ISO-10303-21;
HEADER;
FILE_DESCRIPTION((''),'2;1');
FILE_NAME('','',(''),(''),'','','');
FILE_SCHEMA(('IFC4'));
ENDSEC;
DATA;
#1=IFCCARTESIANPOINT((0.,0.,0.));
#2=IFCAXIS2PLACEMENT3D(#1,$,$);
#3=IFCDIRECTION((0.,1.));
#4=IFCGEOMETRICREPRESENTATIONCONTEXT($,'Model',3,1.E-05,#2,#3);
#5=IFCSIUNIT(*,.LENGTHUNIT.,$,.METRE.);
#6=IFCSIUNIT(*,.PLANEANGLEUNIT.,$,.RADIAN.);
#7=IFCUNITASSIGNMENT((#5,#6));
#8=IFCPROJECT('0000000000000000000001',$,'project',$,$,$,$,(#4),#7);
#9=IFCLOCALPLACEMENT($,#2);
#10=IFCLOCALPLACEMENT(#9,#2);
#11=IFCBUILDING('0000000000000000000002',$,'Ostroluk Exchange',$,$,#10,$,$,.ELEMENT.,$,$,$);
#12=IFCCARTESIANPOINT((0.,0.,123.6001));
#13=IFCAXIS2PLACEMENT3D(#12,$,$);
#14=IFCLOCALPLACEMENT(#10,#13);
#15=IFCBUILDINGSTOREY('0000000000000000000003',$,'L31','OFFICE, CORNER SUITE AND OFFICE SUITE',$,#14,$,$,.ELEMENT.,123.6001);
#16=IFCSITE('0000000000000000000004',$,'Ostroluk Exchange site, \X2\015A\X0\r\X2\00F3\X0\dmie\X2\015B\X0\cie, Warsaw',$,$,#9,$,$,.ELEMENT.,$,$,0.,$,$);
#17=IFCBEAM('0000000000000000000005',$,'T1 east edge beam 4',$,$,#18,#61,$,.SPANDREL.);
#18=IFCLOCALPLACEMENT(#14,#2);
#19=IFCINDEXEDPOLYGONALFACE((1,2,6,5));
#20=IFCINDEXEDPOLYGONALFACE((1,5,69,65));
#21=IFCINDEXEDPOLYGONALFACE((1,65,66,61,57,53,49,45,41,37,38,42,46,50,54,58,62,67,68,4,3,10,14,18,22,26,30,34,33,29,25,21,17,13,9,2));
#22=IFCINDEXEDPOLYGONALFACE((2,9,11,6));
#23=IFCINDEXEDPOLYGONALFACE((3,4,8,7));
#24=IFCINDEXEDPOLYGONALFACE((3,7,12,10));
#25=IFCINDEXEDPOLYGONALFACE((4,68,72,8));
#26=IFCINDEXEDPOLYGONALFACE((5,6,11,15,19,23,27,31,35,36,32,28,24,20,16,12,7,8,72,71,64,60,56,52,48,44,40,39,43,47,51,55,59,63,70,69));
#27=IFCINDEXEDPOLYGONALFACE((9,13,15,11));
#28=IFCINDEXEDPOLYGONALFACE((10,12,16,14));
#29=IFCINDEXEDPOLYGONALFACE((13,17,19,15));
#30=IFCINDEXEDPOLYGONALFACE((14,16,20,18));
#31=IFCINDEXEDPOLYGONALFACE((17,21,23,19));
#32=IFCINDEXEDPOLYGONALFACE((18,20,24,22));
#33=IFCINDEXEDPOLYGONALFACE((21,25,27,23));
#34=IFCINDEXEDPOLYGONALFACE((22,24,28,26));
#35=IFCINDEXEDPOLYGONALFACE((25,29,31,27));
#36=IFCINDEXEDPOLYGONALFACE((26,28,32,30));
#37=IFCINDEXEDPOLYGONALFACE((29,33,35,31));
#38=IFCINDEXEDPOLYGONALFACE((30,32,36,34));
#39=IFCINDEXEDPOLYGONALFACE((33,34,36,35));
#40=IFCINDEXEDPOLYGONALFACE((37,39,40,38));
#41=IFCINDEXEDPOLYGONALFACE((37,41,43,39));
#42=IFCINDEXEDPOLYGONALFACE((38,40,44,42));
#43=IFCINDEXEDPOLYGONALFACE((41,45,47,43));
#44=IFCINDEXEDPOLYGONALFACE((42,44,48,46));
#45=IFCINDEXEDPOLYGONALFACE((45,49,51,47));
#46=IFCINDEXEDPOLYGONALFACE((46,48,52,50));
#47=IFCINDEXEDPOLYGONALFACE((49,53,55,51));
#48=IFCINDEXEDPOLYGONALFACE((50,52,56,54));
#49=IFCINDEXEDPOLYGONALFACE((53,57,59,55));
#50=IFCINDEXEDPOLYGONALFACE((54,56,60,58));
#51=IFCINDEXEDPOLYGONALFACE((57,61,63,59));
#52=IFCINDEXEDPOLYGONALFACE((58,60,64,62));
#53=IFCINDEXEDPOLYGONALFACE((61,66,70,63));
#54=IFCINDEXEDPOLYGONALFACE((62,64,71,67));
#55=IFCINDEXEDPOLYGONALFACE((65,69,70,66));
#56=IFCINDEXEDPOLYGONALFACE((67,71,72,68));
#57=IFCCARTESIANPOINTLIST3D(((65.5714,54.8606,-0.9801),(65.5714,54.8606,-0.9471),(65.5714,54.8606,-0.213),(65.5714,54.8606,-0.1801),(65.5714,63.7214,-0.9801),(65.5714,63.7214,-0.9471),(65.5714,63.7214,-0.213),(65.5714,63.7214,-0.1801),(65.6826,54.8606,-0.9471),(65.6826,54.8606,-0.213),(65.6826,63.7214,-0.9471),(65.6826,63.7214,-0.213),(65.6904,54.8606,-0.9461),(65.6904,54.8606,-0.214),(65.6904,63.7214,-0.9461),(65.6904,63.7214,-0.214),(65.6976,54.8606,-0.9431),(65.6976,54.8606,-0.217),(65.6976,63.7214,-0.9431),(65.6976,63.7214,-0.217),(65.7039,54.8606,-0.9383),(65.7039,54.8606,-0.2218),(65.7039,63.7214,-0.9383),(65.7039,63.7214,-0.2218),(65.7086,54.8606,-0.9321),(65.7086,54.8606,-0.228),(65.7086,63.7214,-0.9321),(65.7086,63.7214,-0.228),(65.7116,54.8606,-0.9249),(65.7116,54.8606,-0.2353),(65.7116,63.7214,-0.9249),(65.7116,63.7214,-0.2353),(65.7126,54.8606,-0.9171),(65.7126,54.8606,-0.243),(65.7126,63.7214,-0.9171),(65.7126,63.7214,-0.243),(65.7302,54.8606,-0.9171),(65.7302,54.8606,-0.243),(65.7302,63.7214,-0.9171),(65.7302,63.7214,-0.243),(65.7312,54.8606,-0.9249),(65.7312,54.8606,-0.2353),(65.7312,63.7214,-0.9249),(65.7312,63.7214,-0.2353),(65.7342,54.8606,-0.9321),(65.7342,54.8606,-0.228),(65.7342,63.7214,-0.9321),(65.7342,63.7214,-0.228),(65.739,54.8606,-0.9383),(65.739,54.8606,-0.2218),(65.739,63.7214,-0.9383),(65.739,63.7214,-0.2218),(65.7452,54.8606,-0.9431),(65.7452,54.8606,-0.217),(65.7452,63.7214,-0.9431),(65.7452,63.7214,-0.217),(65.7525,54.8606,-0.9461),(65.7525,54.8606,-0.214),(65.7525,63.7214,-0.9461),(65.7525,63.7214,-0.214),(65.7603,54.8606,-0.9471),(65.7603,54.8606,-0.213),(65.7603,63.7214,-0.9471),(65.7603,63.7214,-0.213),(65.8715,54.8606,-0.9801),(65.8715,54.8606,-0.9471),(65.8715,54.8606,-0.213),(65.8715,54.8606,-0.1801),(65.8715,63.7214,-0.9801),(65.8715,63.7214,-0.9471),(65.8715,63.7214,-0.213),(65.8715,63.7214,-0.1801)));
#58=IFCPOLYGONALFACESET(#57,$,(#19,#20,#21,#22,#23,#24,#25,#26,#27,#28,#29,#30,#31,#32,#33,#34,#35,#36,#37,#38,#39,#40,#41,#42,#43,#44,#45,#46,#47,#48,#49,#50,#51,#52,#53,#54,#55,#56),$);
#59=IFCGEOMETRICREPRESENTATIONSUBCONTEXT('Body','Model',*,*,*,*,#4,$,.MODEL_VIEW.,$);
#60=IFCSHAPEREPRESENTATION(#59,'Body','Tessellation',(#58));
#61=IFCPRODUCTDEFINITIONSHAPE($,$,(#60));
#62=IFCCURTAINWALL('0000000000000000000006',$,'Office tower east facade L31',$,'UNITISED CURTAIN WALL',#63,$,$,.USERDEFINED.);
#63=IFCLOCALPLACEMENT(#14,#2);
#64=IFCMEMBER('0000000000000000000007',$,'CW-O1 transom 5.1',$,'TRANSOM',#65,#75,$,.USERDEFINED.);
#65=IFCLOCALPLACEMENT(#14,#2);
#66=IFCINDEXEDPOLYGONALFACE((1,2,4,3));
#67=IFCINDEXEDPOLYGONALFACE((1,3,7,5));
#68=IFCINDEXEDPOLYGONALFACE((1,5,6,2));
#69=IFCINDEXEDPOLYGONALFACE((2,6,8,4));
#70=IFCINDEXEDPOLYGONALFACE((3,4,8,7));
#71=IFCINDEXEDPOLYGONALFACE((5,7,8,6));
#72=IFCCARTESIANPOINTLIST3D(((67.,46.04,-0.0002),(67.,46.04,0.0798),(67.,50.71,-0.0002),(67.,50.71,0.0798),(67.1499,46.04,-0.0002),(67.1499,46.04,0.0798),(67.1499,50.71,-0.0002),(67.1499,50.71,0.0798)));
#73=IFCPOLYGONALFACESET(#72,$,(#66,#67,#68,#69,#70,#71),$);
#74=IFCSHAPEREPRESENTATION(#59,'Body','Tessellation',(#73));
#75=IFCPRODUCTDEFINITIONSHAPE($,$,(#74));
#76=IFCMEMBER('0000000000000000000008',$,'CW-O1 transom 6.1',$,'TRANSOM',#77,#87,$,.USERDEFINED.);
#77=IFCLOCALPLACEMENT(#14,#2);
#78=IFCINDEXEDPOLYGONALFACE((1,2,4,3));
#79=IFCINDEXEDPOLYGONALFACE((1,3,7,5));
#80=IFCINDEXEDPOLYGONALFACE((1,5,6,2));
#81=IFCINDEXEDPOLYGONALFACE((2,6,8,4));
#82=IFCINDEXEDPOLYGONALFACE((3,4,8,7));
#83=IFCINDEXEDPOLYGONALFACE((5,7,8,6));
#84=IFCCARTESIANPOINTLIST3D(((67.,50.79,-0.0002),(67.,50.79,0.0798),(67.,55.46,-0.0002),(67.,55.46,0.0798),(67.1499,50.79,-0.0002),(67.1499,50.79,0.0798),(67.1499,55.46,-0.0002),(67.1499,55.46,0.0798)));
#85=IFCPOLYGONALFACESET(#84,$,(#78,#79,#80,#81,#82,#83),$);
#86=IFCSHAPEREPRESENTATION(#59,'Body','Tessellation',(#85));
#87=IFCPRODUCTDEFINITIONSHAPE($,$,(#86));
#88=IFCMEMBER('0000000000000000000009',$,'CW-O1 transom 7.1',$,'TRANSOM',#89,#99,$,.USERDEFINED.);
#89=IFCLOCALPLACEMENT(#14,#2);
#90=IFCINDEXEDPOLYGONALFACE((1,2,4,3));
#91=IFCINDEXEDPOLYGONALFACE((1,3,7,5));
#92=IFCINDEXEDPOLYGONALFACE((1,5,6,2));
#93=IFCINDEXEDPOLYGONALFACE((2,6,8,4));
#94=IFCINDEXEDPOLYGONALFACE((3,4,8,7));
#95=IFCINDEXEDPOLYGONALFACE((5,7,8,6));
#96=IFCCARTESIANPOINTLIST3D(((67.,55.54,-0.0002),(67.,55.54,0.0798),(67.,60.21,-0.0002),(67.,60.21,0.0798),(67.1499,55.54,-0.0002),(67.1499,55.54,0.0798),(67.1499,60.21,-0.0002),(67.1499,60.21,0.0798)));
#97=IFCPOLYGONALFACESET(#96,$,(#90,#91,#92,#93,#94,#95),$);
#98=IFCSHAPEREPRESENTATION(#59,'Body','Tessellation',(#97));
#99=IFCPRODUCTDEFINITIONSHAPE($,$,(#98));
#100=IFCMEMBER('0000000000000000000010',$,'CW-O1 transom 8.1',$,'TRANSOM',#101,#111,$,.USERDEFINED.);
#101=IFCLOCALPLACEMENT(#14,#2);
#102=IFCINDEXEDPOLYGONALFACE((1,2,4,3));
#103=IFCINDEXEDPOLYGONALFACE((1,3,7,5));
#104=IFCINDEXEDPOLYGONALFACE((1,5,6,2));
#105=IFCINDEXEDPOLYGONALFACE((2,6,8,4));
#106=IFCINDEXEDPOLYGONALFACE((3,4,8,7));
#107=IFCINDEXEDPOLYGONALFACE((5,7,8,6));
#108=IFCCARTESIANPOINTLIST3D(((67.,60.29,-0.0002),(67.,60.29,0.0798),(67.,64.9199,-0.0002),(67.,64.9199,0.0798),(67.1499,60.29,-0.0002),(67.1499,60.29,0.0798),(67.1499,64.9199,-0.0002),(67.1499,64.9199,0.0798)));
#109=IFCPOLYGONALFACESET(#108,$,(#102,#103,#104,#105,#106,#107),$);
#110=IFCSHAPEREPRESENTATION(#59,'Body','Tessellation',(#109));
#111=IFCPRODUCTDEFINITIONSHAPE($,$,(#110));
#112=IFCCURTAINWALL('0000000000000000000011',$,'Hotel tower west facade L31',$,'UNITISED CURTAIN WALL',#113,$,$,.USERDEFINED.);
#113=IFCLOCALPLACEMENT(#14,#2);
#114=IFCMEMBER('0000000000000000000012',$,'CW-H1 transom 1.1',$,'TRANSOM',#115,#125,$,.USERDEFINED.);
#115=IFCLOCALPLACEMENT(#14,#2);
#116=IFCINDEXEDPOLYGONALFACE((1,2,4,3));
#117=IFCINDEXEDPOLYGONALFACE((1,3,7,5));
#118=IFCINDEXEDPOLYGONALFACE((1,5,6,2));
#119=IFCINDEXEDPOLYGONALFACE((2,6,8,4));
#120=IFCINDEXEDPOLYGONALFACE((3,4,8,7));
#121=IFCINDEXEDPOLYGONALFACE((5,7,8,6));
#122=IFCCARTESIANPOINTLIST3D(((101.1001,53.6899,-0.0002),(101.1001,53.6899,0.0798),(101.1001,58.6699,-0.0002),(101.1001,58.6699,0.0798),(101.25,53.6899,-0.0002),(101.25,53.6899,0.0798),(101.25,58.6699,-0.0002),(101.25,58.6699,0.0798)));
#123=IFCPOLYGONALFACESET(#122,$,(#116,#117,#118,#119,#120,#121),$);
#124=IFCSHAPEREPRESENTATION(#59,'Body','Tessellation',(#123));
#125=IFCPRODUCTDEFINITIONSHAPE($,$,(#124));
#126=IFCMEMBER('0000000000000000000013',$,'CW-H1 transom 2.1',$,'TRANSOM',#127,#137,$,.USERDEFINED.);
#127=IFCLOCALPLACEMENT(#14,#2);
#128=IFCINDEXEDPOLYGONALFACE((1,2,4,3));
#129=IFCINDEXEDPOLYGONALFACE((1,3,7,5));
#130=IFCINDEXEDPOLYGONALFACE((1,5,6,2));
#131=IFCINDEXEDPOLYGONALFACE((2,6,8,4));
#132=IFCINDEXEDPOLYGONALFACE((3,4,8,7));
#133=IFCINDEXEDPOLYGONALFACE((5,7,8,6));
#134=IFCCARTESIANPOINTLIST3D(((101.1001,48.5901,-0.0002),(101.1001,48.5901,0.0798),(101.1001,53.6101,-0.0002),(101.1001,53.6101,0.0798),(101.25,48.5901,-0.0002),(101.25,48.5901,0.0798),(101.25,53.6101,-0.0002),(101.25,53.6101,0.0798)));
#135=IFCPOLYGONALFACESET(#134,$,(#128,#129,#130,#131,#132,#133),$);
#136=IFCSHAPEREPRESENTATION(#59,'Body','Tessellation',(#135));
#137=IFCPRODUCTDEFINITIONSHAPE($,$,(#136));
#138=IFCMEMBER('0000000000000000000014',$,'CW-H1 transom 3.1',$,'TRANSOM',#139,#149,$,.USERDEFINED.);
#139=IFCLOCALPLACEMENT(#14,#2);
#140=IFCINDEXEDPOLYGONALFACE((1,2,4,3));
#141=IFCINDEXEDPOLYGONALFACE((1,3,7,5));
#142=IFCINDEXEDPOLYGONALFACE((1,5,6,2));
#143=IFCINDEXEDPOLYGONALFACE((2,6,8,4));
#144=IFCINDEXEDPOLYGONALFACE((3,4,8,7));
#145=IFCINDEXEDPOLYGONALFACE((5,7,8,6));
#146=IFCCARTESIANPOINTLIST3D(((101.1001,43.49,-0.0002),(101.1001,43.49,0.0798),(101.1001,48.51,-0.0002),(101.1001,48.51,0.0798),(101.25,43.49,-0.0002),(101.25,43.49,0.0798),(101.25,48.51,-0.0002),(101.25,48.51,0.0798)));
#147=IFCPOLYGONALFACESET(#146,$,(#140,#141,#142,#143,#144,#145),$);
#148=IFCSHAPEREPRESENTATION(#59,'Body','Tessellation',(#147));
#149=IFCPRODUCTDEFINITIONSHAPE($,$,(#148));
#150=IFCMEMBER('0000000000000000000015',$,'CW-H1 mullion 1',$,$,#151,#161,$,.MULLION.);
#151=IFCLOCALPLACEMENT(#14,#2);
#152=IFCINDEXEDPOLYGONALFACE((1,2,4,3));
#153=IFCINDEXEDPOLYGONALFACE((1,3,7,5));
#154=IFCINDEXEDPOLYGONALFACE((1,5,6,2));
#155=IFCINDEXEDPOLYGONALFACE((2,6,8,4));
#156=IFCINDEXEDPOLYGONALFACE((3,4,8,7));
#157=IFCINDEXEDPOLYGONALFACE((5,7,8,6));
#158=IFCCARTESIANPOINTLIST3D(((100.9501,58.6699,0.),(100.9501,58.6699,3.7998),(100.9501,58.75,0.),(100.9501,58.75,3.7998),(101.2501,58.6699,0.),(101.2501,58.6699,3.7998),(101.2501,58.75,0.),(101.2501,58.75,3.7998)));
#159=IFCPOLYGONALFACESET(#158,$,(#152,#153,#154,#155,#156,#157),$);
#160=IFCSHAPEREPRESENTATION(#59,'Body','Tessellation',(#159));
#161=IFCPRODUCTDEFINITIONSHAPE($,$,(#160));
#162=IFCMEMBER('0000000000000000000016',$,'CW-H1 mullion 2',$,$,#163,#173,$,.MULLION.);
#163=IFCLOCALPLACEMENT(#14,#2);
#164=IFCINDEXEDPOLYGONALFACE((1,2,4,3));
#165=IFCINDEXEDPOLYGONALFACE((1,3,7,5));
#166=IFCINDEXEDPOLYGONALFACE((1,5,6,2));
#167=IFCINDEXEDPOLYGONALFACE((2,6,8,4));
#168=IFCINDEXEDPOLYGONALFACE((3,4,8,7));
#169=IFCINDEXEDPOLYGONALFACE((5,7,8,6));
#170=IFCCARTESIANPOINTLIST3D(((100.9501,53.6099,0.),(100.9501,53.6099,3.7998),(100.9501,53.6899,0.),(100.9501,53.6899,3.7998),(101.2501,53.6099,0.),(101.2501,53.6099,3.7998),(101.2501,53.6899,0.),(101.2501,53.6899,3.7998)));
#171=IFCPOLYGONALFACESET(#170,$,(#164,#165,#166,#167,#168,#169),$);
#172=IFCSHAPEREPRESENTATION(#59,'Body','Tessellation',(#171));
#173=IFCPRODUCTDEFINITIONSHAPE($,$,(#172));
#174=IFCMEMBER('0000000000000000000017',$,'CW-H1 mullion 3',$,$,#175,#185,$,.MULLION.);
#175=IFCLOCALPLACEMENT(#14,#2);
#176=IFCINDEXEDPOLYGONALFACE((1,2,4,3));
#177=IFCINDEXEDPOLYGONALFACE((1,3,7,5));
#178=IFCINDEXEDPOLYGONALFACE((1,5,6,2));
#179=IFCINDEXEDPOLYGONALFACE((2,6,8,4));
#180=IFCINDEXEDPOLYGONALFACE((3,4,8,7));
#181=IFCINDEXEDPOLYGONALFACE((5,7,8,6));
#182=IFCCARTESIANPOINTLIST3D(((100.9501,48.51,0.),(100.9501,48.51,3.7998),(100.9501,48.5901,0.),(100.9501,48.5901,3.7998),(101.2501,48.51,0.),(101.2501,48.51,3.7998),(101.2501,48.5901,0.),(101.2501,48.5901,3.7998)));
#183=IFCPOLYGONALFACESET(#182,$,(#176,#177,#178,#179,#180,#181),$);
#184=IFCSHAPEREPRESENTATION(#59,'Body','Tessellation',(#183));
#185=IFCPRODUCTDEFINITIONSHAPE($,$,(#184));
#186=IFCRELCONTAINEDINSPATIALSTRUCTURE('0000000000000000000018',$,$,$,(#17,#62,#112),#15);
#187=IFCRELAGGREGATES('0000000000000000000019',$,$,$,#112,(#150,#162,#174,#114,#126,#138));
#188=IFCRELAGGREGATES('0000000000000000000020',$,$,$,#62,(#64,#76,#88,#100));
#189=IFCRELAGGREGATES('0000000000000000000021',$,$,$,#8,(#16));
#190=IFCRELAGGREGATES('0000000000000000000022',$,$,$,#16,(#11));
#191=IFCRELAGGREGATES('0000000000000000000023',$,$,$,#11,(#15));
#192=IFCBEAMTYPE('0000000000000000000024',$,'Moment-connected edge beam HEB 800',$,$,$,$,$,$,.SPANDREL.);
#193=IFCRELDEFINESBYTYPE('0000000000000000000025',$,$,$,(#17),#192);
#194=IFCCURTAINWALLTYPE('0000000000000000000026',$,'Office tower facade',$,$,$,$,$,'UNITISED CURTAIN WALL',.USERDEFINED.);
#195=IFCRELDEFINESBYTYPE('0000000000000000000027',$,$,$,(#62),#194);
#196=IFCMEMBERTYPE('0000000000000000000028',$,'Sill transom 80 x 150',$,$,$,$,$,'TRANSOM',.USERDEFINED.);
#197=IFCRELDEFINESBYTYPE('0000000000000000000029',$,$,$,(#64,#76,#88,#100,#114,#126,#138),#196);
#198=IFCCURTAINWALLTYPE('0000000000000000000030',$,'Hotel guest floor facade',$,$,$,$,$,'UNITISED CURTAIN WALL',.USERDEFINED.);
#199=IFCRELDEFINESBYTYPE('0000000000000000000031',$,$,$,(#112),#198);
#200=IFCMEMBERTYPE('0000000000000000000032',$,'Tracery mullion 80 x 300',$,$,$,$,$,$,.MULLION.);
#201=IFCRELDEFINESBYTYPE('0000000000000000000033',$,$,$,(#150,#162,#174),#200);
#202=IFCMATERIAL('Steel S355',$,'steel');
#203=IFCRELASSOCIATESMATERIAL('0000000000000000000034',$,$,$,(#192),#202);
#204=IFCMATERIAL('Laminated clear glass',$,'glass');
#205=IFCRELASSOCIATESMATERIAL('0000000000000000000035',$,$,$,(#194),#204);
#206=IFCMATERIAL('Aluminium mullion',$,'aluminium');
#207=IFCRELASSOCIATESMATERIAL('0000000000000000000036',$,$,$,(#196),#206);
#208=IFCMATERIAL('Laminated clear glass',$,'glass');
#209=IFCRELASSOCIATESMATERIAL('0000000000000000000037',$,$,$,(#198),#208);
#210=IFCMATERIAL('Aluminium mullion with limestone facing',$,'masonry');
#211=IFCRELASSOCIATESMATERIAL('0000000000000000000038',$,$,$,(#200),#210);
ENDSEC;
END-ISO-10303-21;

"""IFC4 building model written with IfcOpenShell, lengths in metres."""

from ifc_helpers import new_model, si_unit, direction, frame, origin, origin_2d, place, context, subcontext, project, spatial, rectangle, i_section, extrude, material, material_profile, profile_set, type_object, element, aggregate, save


model = new_model("IFC4")

# Units and contexts
model_context = context("Model", 3, precision=1e-05, world=origin(), true_north=direction((0.0, 1.0)))
body_context = subcontext(model_context, "Body", "Model", "MODEL_VIEW")
ifc_project = project(units=[si_unit("LENGTHUNIT", "METRE"), si_unit("PLANEANGLEUNIT", "RADIAN")], contexts=[model_context])

# Site, building, storey
site_placement = place(None, origin())
site = spatial("IfcSite", under=ifc_project, at=site_placement, Name="Ostroluk Exchange site, Śródmieście, Warsaw", CompositionType="ELEMENT", RefElevation=0.0)
building_placement = place(site_placement, origin())
building = spatial("IfcBuilding", under=site, at=building_placement, Name="Ostroluk Exchange", CompositionType="ELEMENT")
storey_placement = place(building_placement, frame((0.0, 0.0, 123.6001)))
storey = spatial("IfcBuildingStorey", under=building, at=storey_placement, Name="L31", Description="OFFICE, CORNER SUITE AND OFFICE SUITE", CompositionType="ELEMENT", Elevation=123.6001)

# Beam
ifc_material_1 = material(Name="Steel S355", Category="steel")
ifc_material_profile_1 = material_profile(ifc_material_1, i_section(OverallWidth=0.3, OverallDepth=0.8, WebThickness=0.0176, FlangeThickness=0.033, FilletRadius=0.03, at=origin_2d()), Name="HEB 800")
ifc_profile_set_1 = profile_set([ifc_material_profile_1], Name="Steel S355")
beam_type_1 = type_object("IfcBeamType", Name="Moment-connected edge beam HEB 800", PredefinedType="SPANDREL", material=ifc_profile_set_1)
beam_placement = place(storey_placement, frame((65.7214, 54.8606, -0.5801), z_axis=(0.0, 1.0, 0.0), x_axis=(-1.0, 0.0, 0.0)))
element("IfcBeam", 1, at=beam_placement, inside=storey, type_object=beam_type_1, Name="T1 east edge beam 4", PredefinedType="SPANDREL", context=body_context, shape_type="SweptSolid", body=[
    extrude(i_section(OverallWidth=0.3, OverallDepth=0.8, WebThickness=0.0176, FlangeThickness=0.033, FilletRadius=0.03, at=origin_2d()), origin(), (0.0, 0.0, 1.0), 8.8608),
])

# Curtain walls, members
ifc_material_2 = material(Name="Laminated clear glass", Category="glass")
curtain_wall_type_1 = type_object("IfcCurtainWallType", Name="Office tower facade", ElementType="UNITISED CURTAIN WALL", PredefinedType="USERDEFINED", material=ifc_material_2)
curtain_wall_1_placement = place(storey_placement, origin())
curtain_wall_1 = element("IfcCurtainWall", 2, at=curtain_wall_1_placement, inside=storey, type_object=curtain_wall_type_1, Name="Office tower east facade L31", ObjectType="UNITISED CURTAIN WALL", PredefinedType="USERDEFINED")
ifc_material_3 = material(Name="Aluminium mullion", Category="aluminium")
ifc_material_profile_2 = material_profile(ifc_material_3, rectangle(XDim=0.1499, YDim=0.0801, at=origin_2d()), Name="Sill transom 80 x 150")
ifc_profile_set_2 = profile_set([ifc_material_profile_2], Name="Aluminium mullion")
member_type_1 = type_object("IfcMemberType", Name="Sill transom 80 x 150", ElementType="TRANSOM", PredefinedType="USERDEFINED", material=ifc_profile_set_2)
member_1_placement = place(storey_placement, frame((67.075, 46.04, 0.0398), z_axis=(0.0, 1.0, 0.0), x_axis=(-1.0, 0.0, 0.0)))
member_1 = element("IfcMember", 3, at=member_1_placement, type_object=member_type_1, Name="CW-O1 transom 5.1", ObjectType="TRANSOM", PredefinedType="USERDEFINED", context=body_context, shape_type="SweptSolid", body=[
    extrude(rectangle(XDim=0.1499, YDim=0.0801, at=origin_2d()), origin(), (0.0, 0.0, 1.0), 4.6699),
])
member_2_placement = place(storey_placement, frame((67.075, 50.79, 0.0398), z_axis=(0.0, 1.0, 0.0), x_axis=(-1.0, 0.0, 0.0)))
member_2 = element("IfcMember", 4, at=member_2_placement, type_object=member_type_1, Name="CW-O1 transom 6.1", ObjectType="TRANSOM", PredefinedType="USERDEFINED", context=body_context, shape_type="SweptSolid", body=[
    extrude(rectangle(XDim=0.1499, YDim=0.0801, at=origin_2d()), origin(), (0.0, 0.0, 1.0), 4.6699),
])
member_3_placement = place(storey_placement, frame((67.075, 55.54, 0.0398), z_axis=(0.0, 1.0, 0.0), x_axis=(-1.0, 0.0, 0.0)))
member_3 = element("IfcMember", 5, at=member_3_placement, type_object=member_type_1, Name="CW-O1 transom 7.1", ObjectType="TRANSOM", PredefinedType="USERDEFINED", context=body_context, shape_type="SweptSolid", body=[
    extrude(rectangle(XDim=0.1499, YDim=0.0801, at=origin_2d()), origin(), (0.0, 0.0, 1.0), 4.6699),
])
member_4_placement = place(storey_placement, frame((67.075, 60.29, 0.0398), z_axis=(0.0, 1.0, 0.0), x_axis=(-1.0, 0.0, 0.0)))
member_4 = element("IfcMember", 6, at=member_4_placement, type_object=member_type_1, Name="CW-O1 transom 8.1", ObjectType="TRANSOM", PredefinedType="USERDEFINED", context=body_context, shape_type="SweptSolid", body=[
    extrude(rectangle(XDim=0.1499, YDim=0.0801, at=origin_2d()), origin(), (0.0, 0.0, 1.0), 4.6299),
])
ifc_material_4 = material(Name="Laminated clear glass", Category="glass")
curtain_wall_type_2 = type_object("IfcCurtainWallType", Name="Hotel guest floor facade", ElementType="UNITISED CURTAIN WALL", PredefinedType="USERDEFINED", material=ifc_material_4)
curtain_wall_2_placement = place(storey_placement, origin())
curtain_wall_2 = element("IfcCurtainWall", 7, at=curtain_wall_2_placement, inside=storey, type_object=curtain_wall_type_2, Name="Hotel tower west facade L31", ObjectType="UNITISED CURTAIN WALL", PredefinedType="USERDEFINED")
member_5_placement = place(storey_placement, frame((101.175, 58.6699, 0.0398), z_axis=(0.0, -1.0, 0.0), x_axis=(1.0, 0.0, 0.0)))
member_5 = element("IfcMember", 8, at=member_5_placement, type_object=member_type_1, Name="CW-H1 transom 1.1", ObjectType="TRANSOM", PredefinedType="USERDEFINED", context=body_context, shape_type="SweptSolid", body=[
    extrude(rectangle(XDim=0.1499, YDim=0.0801, at=origin_2d()), origin(), (0.0, 0.0, 1.0), 4.98),
])
member_6_placement = place(storey_placement, frame((101.175, 53.6101, 0.0398), z_axis=(0.0, -1.0, 0.0), x_axis=(1.0, 0.0, 0.0)))
member_6 = element("IfcMember", 9, at=member_6_placement, type_object=member_type_1, Name="CW-H1 transom 2.1", ObjectType="TRANSOM", PredefinedType="USERDEFINED", context=body_context, shape_type="SweptSolid", body=[
    extrude(rectangle(XDim=0.1499, YDim=0.0801, at=origin_2d()), origin(), (0.0, 0.0, 1.0), 5.02),
])
member_7_placement = place(storey_placement, frame((101.175, 48.51, 0.0398), z_axis=(0.0, -1.0, 0.0), x_axis=(1.0, 0.0, 0.0)))
member_7 = element("IfcMember", 10, at=member_7_placement, type_object=member_type_1, Name="CW-H1 transom 3.1", ObjectType="TRANSOM", PredefinedType="USERDEFINED", context=body_context, shape_type="SweptSolid", body=[
    extrude(rectangle(XDim=0.1499, YDim=0.0801, at=origin_2d()), origin(), (0.0, 0.0, 1.0), 5.02),
])
ifc_material_5 = material(Name="Aluminium mullion with limestone facing", Category="masonry")
ifc_material_profile_3 = material_profile(ifc_material_5, rectangle(XDim=0.3, YDim=0.0801, at=origin_2d()), Name="Tracery mullion 80 x 300")
ifc_profile_set_3 = profile_set([ifc_material_profile_3], Name="Aluminium mullion with limestone facing")
member_type_2 = type_object("IfcMemberType", Name="Tracery mullion 80 x 300", PredefinedType="MULLION", material=ifc_profile_set_3)
member_8_placement = place(storey_placement, frame((101.1001, 58.71, 0.0), z_axis=(0.0, 0.0, 1.0), x_axis=(1.0, 0.0, 0.0)))
member_8 = element("IfcMember", 11, at=member_8_placement, type_object=member_type_2, Name="CW-H1 mullion 1", PredefinedType="MULLION", context=body_context, shape_type="SweptSolid", body=[
    extrude(rectangle(XDim=0.3, YDim=0.0801, at=origin_2d()), origin(), (0.0, 0.0, 1.0), 3.7998),
])
member_9_placement = place(storey_placement, frame((101.1001, 53.6499, 0.0), z_axis=(0.0, 0.0, 1.0), x_axis=(1.0, 0.0, 0.0)))
member_9 = element("IfcMember", 12, at=member_9_placement, type_object=member_type_2, Name="CW-H1 mullion 2", PredefinedType="MULLION", context=body_context, shape_type="SweptSolid", body=[
    extrude(rectangle(XDim=0.3, YDim=0.0801, at=origin_2d()), origin(), (0.0, 0.0, 1.0), 3.7998),
])
member_10_placement = place(storey_placement, frame((101.1001, 48.55, 0.0), z_axis=(0.0, 0.0, 1.0), x_axis=(1.0, 0.0, 0.0)))
member_10 = element("IfcMember", 13, at=member_10_placement, type_object=member_type_2, Name="CW-H1 mullion 3", PredefinedType="MULLION", context=body_context, shape_type="SweptSolid", body=[
    extrude(rectangle(XDim=0.3, YDim=0.0801, at=origin_2d()), origin(), (0.0, 0.0, 1.0), 3.7998),
])

aggregate(curtain_wall_2, [member_8, member_9, member_10, member_5, member_6, member_7])
aggregate(curtain_wall_1, [member_1, member_2, member_3, member_4])

save(model, "model.ifc")
